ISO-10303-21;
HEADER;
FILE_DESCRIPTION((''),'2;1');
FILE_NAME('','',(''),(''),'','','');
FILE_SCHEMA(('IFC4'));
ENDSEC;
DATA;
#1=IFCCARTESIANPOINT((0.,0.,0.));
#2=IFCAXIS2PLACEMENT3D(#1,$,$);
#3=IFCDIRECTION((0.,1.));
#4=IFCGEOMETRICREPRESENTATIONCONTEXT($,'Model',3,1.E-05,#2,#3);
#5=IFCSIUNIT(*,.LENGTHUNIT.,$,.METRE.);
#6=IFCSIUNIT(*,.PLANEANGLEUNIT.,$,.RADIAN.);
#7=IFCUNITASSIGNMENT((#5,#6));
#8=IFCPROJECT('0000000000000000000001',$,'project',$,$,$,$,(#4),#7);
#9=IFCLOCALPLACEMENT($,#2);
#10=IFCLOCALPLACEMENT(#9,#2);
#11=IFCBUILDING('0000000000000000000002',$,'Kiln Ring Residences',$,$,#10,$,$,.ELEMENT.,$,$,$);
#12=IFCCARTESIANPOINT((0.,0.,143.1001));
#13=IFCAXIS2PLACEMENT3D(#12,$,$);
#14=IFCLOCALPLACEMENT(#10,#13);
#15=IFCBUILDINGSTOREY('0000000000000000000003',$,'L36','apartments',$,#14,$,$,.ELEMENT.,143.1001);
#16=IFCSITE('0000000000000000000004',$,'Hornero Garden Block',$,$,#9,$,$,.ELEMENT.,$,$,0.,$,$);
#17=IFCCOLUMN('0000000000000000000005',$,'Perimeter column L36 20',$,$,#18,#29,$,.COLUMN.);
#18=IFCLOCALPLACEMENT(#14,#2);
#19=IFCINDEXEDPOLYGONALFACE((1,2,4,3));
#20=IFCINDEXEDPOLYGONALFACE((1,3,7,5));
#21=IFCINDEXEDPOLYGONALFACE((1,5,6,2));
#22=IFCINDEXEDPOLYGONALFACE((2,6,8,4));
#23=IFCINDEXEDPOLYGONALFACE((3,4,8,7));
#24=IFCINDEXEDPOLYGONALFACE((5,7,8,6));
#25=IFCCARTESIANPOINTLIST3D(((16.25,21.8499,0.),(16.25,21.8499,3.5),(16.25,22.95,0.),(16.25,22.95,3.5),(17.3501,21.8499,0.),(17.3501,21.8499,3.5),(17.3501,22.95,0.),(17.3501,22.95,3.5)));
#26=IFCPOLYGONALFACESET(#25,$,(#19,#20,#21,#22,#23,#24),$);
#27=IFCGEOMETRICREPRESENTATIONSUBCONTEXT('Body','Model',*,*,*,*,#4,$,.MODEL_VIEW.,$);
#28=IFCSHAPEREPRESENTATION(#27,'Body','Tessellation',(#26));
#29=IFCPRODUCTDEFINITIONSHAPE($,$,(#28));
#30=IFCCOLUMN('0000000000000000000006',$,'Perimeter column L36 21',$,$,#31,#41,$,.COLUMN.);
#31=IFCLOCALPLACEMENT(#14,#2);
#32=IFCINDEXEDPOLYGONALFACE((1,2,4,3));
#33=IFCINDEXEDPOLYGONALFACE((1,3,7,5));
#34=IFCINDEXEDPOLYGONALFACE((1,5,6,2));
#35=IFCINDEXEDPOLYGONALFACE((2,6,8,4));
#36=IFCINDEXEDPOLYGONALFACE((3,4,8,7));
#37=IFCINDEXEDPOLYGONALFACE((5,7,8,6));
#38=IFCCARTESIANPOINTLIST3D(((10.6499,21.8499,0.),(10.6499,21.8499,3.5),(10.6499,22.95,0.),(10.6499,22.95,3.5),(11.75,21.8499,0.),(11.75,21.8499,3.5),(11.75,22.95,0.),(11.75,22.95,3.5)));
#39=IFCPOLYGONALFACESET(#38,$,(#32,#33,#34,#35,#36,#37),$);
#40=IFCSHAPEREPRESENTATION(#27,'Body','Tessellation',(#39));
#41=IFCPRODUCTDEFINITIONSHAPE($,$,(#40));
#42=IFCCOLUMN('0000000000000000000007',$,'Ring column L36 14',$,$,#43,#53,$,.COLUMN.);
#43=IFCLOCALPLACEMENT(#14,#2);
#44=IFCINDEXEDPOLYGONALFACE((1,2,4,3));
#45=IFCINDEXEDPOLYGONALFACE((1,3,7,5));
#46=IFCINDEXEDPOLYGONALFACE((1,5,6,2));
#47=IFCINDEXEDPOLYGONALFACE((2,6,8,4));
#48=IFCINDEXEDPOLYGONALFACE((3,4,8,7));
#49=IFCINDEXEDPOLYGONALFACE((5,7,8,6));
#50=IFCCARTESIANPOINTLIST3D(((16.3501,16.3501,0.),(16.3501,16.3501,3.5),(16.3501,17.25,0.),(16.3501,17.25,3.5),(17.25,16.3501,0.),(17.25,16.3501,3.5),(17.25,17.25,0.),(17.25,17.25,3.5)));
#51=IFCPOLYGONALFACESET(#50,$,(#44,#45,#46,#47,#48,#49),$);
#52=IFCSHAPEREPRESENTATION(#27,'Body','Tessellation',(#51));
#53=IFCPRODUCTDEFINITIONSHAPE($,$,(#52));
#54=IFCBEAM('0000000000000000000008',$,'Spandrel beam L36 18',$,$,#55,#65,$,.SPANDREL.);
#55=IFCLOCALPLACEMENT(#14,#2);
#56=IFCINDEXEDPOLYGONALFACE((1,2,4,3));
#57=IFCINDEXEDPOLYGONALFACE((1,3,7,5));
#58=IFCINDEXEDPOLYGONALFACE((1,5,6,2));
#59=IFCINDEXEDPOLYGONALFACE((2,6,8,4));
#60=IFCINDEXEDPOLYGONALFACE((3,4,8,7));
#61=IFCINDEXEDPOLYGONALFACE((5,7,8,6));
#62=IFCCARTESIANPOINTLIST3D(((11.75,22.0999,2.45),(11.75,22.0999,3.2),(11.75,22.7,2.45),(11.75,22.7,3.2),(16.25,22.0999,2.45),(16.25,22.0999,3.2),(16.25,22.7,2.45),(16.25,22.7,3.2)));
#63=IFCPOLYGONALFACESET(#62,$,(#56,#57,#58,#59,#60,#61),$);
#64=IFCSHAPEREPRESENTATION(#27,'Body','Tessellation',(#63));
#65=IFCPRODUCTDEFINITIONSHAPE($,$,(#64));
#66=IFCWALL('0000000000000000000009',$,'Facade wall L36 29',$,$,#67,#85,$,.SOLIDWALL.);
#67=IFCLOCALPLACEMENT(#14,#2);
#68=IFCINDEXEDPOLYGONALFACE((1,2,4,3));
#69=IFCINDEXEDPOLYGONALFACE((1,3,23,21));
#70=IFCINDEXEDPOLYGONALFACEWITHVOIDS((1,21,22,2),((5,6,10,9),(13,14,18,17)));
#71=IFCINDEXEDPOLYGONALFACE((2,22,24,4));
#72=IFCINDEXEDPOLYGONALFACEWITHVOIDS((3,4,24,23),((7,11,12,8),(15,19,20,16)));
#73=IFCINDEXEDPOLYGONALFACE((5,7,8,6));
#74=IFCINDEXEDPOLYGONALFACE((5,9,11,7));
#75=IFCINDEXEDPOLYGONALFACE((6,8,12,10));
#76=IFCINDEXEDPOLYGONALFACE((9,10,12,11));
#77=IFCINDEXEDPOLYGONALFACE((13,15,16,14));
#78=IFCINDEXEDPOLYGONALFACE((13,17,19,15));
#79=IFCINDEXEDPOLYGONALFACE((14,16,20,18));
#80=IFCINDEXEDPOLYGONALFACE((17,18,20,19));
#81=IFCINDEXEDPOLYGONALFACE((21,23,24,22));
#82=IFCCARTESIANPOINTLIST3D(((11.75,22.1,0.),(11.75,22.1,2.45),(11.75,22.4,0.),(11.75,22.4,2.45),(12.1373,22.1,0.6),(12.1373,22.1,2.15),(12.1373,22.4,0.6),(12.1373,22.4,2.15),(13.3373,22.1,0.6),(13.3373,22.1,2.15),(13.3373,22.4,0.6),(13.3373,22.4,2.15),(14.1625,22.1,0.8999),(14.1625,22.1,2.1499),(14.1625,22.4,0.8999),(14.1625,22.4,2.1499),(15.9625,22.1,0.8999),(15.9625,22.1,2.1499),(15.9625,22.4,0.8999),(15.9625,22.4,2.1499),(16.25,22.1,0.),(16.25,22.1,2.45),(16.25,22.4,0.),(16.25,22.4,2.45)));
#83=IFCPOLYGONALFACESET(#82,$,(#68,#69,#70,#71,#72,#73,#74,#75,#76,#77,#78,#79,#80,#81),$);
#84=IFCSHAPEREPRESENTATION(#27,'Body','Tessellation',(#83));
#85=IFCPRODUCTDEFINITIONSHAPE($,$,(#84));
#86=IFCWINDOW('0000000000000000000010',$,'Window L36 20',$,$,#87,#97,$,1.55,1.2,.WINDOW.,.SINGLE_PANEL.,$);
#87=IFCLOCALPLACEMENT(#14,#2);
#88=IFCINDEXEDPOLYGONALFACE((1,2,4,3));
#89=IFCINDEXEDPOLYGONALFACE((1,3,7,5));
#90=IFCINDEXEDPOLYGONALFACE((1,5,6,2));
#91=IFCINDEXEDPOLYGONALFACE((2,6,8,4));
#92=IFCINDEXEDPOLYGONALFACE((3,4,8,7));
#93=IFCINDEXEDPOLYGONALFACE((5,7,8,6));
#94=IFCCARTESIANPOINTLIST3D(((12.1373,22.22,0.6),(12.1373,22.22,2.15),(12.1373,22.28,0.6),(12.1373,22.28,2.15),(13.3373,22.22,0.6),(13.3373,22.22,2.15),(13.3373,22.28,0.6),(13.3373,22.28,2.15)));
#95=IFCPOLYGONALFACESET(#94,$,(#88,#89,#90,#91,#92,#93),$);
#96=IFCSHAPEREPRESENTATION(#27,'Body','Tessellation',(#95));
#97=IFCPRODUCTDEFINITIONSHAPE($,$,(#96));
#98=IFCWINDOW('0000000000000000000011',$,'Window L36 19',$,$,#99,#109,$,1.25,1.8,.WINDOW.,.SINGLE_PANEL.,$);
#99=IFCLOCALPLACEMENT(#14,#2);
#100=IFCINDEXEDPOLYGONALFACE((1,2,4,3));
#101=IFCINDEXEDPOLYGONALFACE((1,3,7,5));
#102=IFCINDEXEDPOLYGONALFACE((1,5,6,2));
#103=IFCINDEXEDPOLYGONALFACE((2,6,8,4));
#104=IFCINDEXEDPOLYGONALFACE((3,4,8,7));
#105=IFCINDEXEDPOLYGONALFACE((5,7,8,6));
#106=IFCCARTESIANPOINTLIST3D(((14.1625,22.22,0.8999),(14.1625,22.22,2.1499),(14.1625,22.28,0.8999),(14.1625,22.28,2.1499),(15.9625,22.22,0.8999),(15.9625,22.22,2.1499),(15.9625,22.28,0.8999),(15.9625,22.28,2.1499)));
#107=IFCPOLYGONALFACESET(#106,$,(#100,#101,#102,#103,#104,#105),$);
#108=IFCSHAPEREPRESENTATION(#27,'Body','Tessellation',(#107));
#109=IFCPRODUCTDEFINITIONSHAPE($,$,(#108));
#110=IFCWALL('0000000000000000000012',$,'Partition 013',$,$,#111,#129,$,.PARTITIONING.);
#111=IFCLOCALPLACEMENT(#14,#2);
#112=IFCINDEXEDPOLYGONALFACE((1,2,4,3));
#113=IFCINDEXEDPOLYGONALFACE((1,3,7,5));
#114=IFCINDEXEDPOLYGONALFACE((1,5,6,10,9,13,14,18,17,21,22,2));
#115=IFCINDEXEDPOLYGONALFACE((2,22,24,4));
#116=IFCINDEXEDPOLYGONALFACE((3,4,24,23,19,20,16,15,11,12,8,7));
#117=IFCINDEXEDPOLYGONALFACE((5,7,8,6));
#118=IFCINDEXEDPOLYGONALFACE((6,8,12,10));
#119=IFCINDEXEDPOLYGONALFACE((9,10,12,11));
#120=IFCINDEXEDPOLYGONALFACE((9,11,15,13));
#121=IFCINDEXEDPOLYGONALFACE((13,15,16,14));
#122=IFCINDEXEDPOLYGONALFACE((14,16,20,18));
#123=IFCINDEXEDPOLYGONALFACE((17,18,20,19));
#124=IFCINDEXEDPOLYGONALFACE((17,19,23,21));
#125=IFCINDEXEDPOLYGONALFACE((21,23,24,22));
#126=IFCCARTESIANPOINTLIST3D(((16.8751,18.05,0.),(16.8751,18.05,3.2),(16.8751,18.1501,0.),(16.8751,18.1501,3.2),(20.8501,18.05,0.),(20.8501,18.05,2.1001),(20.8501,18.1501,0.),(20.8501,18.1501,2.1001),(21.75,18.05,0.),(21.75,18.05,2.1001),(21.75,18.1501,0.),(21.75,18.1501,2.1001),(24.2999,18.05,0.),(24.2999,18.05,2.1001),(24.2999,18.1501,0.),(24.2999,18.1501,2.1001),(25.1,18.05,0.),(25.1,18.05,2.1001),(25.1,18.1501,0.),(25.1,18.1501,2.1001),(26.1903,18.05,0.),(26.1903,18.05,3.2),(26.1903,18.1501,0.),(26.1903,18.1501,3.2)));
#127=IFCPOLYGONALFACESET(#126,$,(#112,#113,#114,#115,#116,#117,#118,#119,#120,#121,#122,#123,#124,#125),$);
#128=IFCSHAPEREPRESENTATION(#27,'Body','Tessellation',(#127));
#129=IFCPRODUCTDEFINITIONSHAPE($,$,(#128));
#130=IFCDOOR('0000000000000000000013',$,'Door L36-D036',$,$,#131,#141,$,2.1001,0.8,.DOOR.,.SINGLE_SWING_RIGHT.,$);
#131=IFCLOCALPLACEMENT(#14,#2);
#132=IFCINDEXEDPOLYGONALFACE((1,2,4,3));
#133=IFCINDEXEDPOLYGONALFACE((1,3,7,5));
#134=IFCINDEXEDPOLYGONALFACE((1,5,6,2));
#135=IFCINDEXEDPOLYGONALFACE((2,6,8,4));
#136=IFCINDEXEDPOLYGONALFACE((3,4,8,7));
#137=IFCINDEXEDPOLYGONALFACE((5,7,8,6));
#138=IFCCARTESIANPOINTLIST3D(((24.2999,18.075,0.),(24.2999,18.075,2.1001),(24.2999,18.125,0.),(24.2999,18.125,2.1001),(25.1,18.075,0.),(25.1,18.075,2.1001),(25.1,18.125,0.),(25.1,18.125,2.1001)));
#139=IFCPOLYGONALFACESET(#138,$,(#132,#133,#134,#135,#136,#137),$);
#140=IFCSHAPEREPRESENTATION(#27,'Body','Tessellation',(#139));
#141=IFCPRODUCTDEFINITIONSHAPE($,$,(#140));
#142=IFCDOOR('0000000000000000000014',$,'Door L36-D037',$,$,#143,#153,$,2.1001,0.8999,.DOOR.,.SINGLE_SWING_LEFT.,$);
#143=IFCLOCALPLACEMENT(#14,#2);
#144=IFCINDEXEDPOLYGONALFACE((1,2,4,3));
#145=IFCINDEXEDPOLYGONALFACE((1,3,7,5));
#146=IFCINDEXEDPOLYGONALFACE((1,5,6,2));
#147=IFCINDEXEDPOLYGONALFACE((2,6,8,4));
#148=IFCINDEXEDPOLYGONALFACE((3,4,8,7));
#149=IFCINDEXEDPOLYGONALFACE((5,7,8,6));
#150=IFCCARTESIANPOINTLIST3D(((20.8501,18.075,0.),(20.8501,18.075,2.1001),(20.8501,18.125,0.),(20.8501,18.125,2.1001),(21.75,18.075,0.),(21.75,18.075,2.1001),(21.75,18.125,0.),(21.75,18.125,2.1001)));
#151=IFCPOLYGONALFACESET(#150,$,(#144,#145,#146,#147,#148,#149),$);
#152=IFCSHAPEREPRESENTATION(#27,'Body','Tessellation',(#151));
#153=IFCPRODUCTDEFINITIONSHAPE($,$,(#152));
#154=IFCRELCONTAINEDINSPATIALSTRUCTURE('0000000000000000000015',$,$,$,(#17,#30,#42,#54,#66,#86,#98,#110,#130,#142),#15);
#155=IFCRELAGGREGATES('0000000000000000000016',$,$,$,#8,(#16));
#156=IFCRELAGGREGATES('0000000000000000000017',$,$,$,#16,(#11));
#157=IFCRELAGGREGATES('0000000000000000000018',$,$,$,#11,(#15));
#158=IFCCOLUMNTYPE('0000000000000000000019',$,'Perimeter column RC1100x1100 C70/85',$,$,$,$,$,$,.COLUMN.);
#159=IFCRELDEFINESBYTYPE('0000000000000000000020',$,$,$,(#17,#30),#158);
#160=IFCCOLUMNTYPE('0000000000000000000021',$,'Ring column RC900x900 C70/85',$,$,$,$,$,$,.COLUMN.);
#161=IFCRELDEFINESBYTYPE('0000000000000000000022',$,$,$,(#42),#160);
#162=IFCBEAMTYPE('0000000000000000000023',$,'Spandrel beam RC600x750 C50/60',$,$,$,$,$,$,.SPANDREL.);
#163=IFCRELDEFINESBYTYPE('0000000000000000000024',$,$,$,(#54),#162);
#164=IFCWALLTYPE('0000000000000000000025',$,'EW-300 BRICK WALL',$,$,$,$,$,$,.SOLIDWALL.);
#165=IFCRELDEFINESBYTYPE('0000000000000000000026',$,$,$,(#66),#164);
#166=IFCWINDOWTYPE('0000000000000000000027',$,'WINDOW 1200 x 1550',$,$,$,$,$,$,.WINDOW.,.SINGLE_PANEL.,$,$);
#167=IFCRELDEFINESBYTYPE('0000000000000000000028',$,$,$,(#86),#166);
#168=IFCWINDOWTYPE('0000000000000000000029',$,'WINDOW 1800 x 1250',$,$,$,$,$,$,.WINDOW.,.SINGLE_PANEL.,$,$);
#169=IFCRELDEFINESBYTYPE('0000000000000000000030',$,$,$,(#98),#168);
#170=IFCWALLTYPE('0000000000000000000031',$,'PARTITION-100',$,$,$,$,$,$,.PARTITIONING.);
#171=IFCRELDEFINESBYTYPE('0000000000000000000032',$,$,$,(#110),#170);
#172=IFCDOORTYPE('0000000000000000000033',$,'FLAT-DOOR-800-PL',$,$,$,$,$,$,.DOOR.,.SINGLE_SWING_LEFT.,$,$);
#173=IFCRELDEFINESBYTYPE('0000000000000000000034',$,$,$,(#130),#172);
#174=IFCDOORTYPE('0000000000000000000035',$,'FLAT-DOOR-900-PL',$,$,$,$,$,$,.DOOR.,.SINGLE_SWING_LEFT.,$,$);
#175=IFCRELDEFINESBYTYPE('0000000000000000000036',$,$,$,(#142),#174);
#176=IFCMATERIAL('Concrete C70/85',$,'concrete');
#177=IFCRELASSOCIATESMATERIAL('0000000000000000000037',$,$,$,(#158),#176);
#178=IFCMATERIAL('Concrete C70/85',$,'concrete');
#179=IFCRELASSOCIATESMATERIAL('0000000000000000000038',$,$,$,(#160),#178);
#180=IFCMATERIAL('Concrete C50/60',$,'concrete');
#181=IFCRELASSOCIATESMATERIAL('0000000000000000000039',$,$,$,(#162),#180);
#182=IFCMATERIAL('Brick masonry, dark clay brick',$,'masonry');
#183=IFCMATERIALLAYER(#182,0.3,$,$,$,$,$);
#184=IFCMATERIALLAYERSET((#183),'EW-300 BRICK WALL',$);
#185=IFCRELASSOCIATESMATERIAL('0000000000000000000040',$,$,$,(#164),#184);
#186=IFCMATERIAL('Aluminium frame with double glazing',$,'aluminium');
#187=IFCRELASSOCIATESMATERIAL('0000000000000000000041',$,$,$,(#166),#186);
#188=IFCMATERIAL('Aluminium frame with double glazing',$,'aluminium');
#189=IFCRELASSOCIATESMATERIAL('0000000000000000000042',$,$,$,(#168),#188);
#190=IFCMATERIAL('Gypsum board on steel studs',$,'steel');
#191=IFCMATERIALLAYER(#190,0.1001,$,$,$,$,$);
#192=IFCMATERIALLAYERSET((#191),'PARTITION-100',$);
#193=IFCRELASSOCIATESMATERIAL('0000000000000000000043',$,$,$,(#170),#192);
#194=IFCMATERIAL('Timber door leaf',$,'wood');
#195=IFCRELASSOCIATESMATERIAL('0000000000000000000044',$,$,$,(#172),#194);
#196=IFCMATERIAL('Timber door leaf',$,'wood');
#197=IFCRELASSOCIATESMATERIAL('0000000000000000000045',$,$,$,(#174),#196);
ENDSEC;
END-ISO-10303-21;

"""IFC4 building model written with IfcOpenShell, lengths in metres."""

from ifc_helpers import new_model, si_unit, direction, frame, frame_2d, origin, origin_2d, place, context, subcontext, project, spatial, rectangle, extrude, material, layer, layer_set, material_profile, profile_set, type_object, element, fill, save


model = new_model("IFC4")

# Units and contexts
model_context = context("Model", 3, precision=1e-05, world=origin(), true_north=direction((0.0, 1.0)))
body_context = subcontext(model_context, "Body", "Model", "MODEL_VIEW")
ifc_project = project(units=[si_unit("LENGTHUNIT", "METRE"), si_unit("PLANEANGLEUNIT", "RADIAN")], contexts=[model_context])

# Site, building, storey
site_placement = place(None, origin())
site = spatial("IfcSite", under=ifc_project, at=site_placement, Name="Hornero Garden Block", CompositionType="ELEMENT", RefElevation=0.0)
building_placement = place(site_placement, origin())
building = spatial("IfcBuilding", under=site, at=building_placement, Name="Kiln Ring Residences", CompositionType="ELEMENT")
storey_placement = place(building_placement, frame((0.0, 0.0, 143.1001)))
storey = spatial("IfcBuildingStorey", under=building, at=storey_placement, Name="L36", Description="apartments", CompositionType="ELEMENT", Elevation=143.1001)

# Columns
ifc_material_1 = material(Name="Concrete C70/85", Category="concrete")
ifc_material_profile_1 = material_profile(ifc_material_1, rectangle(XDim=1.1001, YDim=1.1001, at=origin_2d()), Name="RC1100x1100")
ifc_profile_set_1 = profile_set([ifc_material_profile_1], Name="Concrete C70/85")
column_type_1 = type_object("IfcColumnType", Name="Perimeter column RC1100x1100 C70/85", PredefinedType="COLUMN", material=ifc_profile_set_1)
for number, where, z_axis, x_axis, name in (
    (1, (16.8, 22.3999, 0.0), (0.0, 0.0, 1.0), (1.0, 0.0, 0.0), "Perimeter column L36 20"),
    (2, (11.2, 22.3999, 0.0), (0.0, 0.0, 1.0), (1.0, 0.0, 0.0), "Perimeter column L36 21"),
):
    element("IfcColumn", number, at=place(storey_placement, frame(where, z_axis=z_axis, x_axis=x_axis)), inside=storey, type_object=column_type_1, Name=name, PredefinedType="COLUMN", context=body_context, shape_type="SweptSolid", body=[
        extrude(rectangle(XDim=1.1001, YDim=1.1001, at=origin_2d()), origin(), (0.0, 0.0, 1.0), 3.5),
    ])
ifc_material_2 = material(Name="Concrete C70/85", Category="concrete")
ifc_material_profile_2 = material_profile(ifc_material_2, rectangle(XDim=0.8999, YDim=0.8999, at=origin_2d()), Name="RC900x900")
ifc_profile_set_2 = profile_set([ifc_material_profile_2], Name="Concrete C70/85")
column_type_2 = type_object("IfcColumnType", Name="Ring column RC900x900 C70/85", PredefinedType="COLUMN", material=ifc_profile_set_2)
column_placement = place(storey_placement, frame((16.8, 16.8, 0.0), z_axis=(0.0, 0.0, 1.0), x_axis=(1.0, 0.0, 0.0)))
element("IfcColumn", 3, at=column_placement, inside=storey, type_object=column_type_2, Name="Ring column L36 14", PredefinedType="COLUMN", context=body_context, shape_type="SweptSolid", body=[
    extrude(rectangle(XDim=0.8999, YDim=0.8999, at=origin_2d()), origin(), (0.0, 0.0, 1.0), 3.5),
])

# Beam
ifc_material_3 = material(Name="Concrete C50/60", Category="concrete")
ifc_material_profile_3 = material_profile(ifc_material_3, rectangle(XDim=0.6001, YDim=0.75, at=origin_2d()), Name="RC600x750")
ifc_profile_set_3 = profile_set([ifc_material_profile_3], Name="Concrete C50/60")
beam_type = type_object("IfcBeamType", Name="Spandrel beam RC600x750 C50/60", PredefinedType="SPANDREL", material=ifc_profile_set_3)
beam_placement = place(storey_placement, frame((16.25, 22.3999, 2.825), z_axis=(-1.0, 0.0, 0.0), x_axis=(0.0, -1.0, 0.0)))
element("IfcBeam", 4, at=beam_placement, inside=storey, type_object=beam_type, Name="Spandrel beam L36 18", PredefinedType="SPANDREL", context=body_context, shape_type="SweptSolid", body=[
    extrude(rectangle(XDim=0.6001, YDim=0.75, at=origin_2d()), origin(), (0.0, 0.0, 1.0), 4.5),
])

# Wall, openings, windows
ifc_material_4 = material(Name="Brick masonry, dark clay brick", Category="masonry")
ifc_layer_1 = layer(ifc_material_4, 0.3)
ifc_layer_set_1 = layer_set([ifc_layer_1], Name="EW-300 BRICK WALL")
wall_type_1 = type_object("IfcWallType", Name="EW-300 BRICK WALL", PredefinedType="SOLIDWALL", material=ifc_layer_set_1)
wall_1_placement = place(storey_placement, frame((16.25, 22.25, 0.0), z_axis=(0.0, 0.0, 1.0), x_axis=(-1.0, 0.0, 0.0)))
wall_1 = element("IfcWall", 5, at=wall_1_placement, inside=storey, type_object=wall_type_1, Name="Facade wall L36 29", PredefinedType="SOLIDWALL", context=body_context, shape_type="SweptSolid", body=[
    extrude(rectangle(XDim=4.5, YDim=0.3, at=frame_2d((2.25, 0.0))), origin(), (0.0, 0.0, 1.0), 2.45),
])
opening_1_placement = place(wall_1_placement, frame((0.2876, 0.0, 0.8999)))
opening_1 = element("IfcOpeningElement", 6, at=opening_1_placement, cuts=wall_1, PredefinedType="OPENING", context=body_context, shape_type="SweptSolid", body=[
    extrude(rectangle(XDim=1.8, YDim=1.25, at=frame_2d((0.8999, 0.625))), frame((0.0, 0.1599, 0.0), z_axis=(0.0, -1.0, 0.0), x_axis=(1.0, 0.0, 0.0)), (0.0, 0.0, 1.0), 0.3201),
])
opening_2_placement = place(wall_1_placement, frame((2.9126, 0.0, 0.6001)))
opening_2 = element("IfcOpeningElement", 7, at=opening_2_placement, cuts=wall_1, PredefinedType="OPENING", context=body_context, shape_type="SweptSolid", body=[
    extrude(rectangle(XDim=1.2, YDim=1.55, at=frame_2d((0.6001, 0.7749))), frame((0.0, 0.1599, 0.0), z_axis=(0.0, -1.0, 0.0), x_axis=(1.0, 0.0, 0.0)), (0.0, 0.0, 1.0), 0.3201),
])
ifc_material_5 = material(Name="Aluminium frame with double glazing", Category="aluminium")
window_type_1 = type_object("IfcWindowType", Name="WINDOW 1200 x 1550", PartitioningType="SINGLE_PANEL", PredefinedType="WINDOW", material=ifc_material_5)
window_1_placement = place(opening_2_placement, origin())
window_1 = element("IfcWindow", 8, at=window_1_placement, inside=storey, type_object=window_type_1, Name="Window L36 20", OverallHeight=1.55, OverallWidth=1.2, PartitioningType="SINGLE_PANEL", PredefinedType="WINDOW", context=body_context, shape_type="SweptSolid", body=[
    extrude(rectangle(XDim=1.2, YDim=1.55, at=frame_2d((0.6001, 0.7749))), frame((0.0, 0.03, 0.0), z_axis=(0.0, -1.0, 0.0), x_axis=(1.0, 0.0, 0.0)), (0.0, 0.0, 1.0), 0.0601),
])
fill(opening_2, window_1)
ifc_material_6 = material(Name="Aluminium frame with double glazing", Category="aluminium")
window_type_2 = type_object("IfcWindowType", Name="WINDOW 1800 x 1250", PartitioningType="SINGLE_PANEL", PredefinedType="WINDOW", material=ifc_material_6)
window_2_placement = place(opening_1_placement, origin())
window_2 = element("IfcWindow", 9, at=window_2_placement, inside=storey, type_object=window_type_2, Name="Window L36 19", OverallHeight=1.25, OverallWidth=1.8, PartitioningType="SINGLE_PANEL", PredefinedType="WINDOW", context=body_context, shape_type="SweptSolid", body=[
    extrude(rectangle(XDim=1.8, YDim=1.25, at=frame_2d((0.8999, 0.625))), frame((0.0, 0.03, 0.0), z_axis=(0.0, -1.0, 0.0), x_axis=(1.0, 0.0, 0.0)), (0.0, 0.0, 1.0), 0.0601),
])
fill(opening_1, window_2)

# Wall, openings, doors
ifc_material_7 = material(Name="Gypsum board on steel studs", Category="steel")
ifc_layer_2 = layer(ifc_material_7, 0.1001)
ifc_layer_set_2 = layer_set([ifc_layer_2], Name="PARTITION-100")
wall_type_2 = type_object("IfcWallType", Name="PARTITION-100", PredefinedType="PARTITIONING", material=ifc_layer_set_2)
wall_2_placement = place(storey_placement, frame((16.875, 18.1001, 0.0), z_axis=(0.0, 0.0, 1.0), x_axis=(1.0, 0.0, 0.0)))
wall_2 = element("IfcWall", 10, at=wall_2_placement, inside=storey, type_object=wall_type_2, Name="Partition 013", PredefinedType="PARTITIONING", context=body_context, shape_type="SweptSolid", body=[
    extrude(rectangle(XDim=9.3152, YDim=0.1001, at=frame_2d((4.6577, 0.0))), origin(), (0.0, 0.0, 1.0), 3.2),
])
opening_3_placement = place(wall_2_placement, frame((7.425, 0.0, 0.0)))
opening_3 = element("IfcOpeningElement", 11, at=opening_3_placement, cuts=wall_2, PredefinedType="OPENING", context=body_context, shape_type="SweptSolid", body=[
    extrude(rectangle(XDim=0.8, YDim=2.1001, at=frame_2d((0.3999, 1.05))), frame((0.0, 0.0601, 0.0), z_axis=(0.0, -1.0, 0.0), x_axis=(1.0, 0.0, 0.0)), (0.0, 0.0, 1.0), 0.1201),
])
opening_4_placement = place(wall_2_placement, frame((3.9751, 0.0, 0.0)))
opening_4 = element("IfcOpeningElement", 12, at=opening_4_placement, cuts=wall_2, PredefinedType="OPENING", context=body_context, shape_type="SweptSolid", body=[
    extrude(rectangle(XDim=0.8999, YDim=2.1001, at=frame_2d((0.45, 1.05))), frame((0.0, 0.0601, 0.0), z_axis=(0.0, -1.0, 0.0), x_axis=(1.0, 0.0, 0.0)), (0.0, 0.0, 1.0), 0.1201),
])
ifc_material_8 = material(Name="Timber door leaf", Category="wood")
door_type_1 = type_object("IfcDoorType", Name="FLAT-DOOR-800-PL", OperationType="SINGLE_SWING_LEFT", PredefinedType="DOOR", material=ifc_material_8)
door_1_placement = place(opening_3_placement, origin())
door_1 = element("IfcDoor", 13, at=door_1_placement, inside=storey, type_object=door_type_1, Name="Door L36-D036", OperationType="SINGLE_SWING_RIGHT", OverallHeight=2.1001, OverallWidth=0.8, PredefinedType="DOOR", context=body_context, shape_type="SweptSolid", body=[
    extrude(rectangle(XDim=0.8, YDim=2.1001, at=frame_2d((0.3999, 1.05))), frame((0.0, 0.0249, 0.0), z_axis=(0.0, -1.0, 0.0), x_axis=(1.0, 0.0, 0.0)), (0.0, 0.0, 1.0), 0.05),
])
fill(opening_3, door_1)
ifc_material_9 = material(Name="Timber door leaf", Category="wood")
door_type_2 = type_object("IfcDoorType", Name="FLAT-DOOR-900-PL", OperationType="SINGLE_SWING_LEFT", PredefinedType="DOOR", material=ifc_material_9)
door_2_placement = place(opening_4_placement, origin())
door_2 = element("IfcDoor", 14, at=door_2_placement, inside=storey, type_object=door_type_2, Name="Door L36-D037", OperationType="SINGLE_SWING_LEFT", OverallHeight=2.1001, OverallWidth=0.8999, PredefinedType="DOOR", context=body_context, shape_type="SweptSolid", body=[
    extrude(rectangle(XDim=0.8999, YDim=2.1001, at=frame_2d((0.45, 1.05))), frame((0.0, 0.0249, 0.0), z_axis=(0.0, -1.0, 0.0), x_axis=(1.0, 0.0, 0.0)), (0.0, 0.0, 1.0), 0.05),
])
fill(opening_4, door_2)

save(model, "model.ifc")
